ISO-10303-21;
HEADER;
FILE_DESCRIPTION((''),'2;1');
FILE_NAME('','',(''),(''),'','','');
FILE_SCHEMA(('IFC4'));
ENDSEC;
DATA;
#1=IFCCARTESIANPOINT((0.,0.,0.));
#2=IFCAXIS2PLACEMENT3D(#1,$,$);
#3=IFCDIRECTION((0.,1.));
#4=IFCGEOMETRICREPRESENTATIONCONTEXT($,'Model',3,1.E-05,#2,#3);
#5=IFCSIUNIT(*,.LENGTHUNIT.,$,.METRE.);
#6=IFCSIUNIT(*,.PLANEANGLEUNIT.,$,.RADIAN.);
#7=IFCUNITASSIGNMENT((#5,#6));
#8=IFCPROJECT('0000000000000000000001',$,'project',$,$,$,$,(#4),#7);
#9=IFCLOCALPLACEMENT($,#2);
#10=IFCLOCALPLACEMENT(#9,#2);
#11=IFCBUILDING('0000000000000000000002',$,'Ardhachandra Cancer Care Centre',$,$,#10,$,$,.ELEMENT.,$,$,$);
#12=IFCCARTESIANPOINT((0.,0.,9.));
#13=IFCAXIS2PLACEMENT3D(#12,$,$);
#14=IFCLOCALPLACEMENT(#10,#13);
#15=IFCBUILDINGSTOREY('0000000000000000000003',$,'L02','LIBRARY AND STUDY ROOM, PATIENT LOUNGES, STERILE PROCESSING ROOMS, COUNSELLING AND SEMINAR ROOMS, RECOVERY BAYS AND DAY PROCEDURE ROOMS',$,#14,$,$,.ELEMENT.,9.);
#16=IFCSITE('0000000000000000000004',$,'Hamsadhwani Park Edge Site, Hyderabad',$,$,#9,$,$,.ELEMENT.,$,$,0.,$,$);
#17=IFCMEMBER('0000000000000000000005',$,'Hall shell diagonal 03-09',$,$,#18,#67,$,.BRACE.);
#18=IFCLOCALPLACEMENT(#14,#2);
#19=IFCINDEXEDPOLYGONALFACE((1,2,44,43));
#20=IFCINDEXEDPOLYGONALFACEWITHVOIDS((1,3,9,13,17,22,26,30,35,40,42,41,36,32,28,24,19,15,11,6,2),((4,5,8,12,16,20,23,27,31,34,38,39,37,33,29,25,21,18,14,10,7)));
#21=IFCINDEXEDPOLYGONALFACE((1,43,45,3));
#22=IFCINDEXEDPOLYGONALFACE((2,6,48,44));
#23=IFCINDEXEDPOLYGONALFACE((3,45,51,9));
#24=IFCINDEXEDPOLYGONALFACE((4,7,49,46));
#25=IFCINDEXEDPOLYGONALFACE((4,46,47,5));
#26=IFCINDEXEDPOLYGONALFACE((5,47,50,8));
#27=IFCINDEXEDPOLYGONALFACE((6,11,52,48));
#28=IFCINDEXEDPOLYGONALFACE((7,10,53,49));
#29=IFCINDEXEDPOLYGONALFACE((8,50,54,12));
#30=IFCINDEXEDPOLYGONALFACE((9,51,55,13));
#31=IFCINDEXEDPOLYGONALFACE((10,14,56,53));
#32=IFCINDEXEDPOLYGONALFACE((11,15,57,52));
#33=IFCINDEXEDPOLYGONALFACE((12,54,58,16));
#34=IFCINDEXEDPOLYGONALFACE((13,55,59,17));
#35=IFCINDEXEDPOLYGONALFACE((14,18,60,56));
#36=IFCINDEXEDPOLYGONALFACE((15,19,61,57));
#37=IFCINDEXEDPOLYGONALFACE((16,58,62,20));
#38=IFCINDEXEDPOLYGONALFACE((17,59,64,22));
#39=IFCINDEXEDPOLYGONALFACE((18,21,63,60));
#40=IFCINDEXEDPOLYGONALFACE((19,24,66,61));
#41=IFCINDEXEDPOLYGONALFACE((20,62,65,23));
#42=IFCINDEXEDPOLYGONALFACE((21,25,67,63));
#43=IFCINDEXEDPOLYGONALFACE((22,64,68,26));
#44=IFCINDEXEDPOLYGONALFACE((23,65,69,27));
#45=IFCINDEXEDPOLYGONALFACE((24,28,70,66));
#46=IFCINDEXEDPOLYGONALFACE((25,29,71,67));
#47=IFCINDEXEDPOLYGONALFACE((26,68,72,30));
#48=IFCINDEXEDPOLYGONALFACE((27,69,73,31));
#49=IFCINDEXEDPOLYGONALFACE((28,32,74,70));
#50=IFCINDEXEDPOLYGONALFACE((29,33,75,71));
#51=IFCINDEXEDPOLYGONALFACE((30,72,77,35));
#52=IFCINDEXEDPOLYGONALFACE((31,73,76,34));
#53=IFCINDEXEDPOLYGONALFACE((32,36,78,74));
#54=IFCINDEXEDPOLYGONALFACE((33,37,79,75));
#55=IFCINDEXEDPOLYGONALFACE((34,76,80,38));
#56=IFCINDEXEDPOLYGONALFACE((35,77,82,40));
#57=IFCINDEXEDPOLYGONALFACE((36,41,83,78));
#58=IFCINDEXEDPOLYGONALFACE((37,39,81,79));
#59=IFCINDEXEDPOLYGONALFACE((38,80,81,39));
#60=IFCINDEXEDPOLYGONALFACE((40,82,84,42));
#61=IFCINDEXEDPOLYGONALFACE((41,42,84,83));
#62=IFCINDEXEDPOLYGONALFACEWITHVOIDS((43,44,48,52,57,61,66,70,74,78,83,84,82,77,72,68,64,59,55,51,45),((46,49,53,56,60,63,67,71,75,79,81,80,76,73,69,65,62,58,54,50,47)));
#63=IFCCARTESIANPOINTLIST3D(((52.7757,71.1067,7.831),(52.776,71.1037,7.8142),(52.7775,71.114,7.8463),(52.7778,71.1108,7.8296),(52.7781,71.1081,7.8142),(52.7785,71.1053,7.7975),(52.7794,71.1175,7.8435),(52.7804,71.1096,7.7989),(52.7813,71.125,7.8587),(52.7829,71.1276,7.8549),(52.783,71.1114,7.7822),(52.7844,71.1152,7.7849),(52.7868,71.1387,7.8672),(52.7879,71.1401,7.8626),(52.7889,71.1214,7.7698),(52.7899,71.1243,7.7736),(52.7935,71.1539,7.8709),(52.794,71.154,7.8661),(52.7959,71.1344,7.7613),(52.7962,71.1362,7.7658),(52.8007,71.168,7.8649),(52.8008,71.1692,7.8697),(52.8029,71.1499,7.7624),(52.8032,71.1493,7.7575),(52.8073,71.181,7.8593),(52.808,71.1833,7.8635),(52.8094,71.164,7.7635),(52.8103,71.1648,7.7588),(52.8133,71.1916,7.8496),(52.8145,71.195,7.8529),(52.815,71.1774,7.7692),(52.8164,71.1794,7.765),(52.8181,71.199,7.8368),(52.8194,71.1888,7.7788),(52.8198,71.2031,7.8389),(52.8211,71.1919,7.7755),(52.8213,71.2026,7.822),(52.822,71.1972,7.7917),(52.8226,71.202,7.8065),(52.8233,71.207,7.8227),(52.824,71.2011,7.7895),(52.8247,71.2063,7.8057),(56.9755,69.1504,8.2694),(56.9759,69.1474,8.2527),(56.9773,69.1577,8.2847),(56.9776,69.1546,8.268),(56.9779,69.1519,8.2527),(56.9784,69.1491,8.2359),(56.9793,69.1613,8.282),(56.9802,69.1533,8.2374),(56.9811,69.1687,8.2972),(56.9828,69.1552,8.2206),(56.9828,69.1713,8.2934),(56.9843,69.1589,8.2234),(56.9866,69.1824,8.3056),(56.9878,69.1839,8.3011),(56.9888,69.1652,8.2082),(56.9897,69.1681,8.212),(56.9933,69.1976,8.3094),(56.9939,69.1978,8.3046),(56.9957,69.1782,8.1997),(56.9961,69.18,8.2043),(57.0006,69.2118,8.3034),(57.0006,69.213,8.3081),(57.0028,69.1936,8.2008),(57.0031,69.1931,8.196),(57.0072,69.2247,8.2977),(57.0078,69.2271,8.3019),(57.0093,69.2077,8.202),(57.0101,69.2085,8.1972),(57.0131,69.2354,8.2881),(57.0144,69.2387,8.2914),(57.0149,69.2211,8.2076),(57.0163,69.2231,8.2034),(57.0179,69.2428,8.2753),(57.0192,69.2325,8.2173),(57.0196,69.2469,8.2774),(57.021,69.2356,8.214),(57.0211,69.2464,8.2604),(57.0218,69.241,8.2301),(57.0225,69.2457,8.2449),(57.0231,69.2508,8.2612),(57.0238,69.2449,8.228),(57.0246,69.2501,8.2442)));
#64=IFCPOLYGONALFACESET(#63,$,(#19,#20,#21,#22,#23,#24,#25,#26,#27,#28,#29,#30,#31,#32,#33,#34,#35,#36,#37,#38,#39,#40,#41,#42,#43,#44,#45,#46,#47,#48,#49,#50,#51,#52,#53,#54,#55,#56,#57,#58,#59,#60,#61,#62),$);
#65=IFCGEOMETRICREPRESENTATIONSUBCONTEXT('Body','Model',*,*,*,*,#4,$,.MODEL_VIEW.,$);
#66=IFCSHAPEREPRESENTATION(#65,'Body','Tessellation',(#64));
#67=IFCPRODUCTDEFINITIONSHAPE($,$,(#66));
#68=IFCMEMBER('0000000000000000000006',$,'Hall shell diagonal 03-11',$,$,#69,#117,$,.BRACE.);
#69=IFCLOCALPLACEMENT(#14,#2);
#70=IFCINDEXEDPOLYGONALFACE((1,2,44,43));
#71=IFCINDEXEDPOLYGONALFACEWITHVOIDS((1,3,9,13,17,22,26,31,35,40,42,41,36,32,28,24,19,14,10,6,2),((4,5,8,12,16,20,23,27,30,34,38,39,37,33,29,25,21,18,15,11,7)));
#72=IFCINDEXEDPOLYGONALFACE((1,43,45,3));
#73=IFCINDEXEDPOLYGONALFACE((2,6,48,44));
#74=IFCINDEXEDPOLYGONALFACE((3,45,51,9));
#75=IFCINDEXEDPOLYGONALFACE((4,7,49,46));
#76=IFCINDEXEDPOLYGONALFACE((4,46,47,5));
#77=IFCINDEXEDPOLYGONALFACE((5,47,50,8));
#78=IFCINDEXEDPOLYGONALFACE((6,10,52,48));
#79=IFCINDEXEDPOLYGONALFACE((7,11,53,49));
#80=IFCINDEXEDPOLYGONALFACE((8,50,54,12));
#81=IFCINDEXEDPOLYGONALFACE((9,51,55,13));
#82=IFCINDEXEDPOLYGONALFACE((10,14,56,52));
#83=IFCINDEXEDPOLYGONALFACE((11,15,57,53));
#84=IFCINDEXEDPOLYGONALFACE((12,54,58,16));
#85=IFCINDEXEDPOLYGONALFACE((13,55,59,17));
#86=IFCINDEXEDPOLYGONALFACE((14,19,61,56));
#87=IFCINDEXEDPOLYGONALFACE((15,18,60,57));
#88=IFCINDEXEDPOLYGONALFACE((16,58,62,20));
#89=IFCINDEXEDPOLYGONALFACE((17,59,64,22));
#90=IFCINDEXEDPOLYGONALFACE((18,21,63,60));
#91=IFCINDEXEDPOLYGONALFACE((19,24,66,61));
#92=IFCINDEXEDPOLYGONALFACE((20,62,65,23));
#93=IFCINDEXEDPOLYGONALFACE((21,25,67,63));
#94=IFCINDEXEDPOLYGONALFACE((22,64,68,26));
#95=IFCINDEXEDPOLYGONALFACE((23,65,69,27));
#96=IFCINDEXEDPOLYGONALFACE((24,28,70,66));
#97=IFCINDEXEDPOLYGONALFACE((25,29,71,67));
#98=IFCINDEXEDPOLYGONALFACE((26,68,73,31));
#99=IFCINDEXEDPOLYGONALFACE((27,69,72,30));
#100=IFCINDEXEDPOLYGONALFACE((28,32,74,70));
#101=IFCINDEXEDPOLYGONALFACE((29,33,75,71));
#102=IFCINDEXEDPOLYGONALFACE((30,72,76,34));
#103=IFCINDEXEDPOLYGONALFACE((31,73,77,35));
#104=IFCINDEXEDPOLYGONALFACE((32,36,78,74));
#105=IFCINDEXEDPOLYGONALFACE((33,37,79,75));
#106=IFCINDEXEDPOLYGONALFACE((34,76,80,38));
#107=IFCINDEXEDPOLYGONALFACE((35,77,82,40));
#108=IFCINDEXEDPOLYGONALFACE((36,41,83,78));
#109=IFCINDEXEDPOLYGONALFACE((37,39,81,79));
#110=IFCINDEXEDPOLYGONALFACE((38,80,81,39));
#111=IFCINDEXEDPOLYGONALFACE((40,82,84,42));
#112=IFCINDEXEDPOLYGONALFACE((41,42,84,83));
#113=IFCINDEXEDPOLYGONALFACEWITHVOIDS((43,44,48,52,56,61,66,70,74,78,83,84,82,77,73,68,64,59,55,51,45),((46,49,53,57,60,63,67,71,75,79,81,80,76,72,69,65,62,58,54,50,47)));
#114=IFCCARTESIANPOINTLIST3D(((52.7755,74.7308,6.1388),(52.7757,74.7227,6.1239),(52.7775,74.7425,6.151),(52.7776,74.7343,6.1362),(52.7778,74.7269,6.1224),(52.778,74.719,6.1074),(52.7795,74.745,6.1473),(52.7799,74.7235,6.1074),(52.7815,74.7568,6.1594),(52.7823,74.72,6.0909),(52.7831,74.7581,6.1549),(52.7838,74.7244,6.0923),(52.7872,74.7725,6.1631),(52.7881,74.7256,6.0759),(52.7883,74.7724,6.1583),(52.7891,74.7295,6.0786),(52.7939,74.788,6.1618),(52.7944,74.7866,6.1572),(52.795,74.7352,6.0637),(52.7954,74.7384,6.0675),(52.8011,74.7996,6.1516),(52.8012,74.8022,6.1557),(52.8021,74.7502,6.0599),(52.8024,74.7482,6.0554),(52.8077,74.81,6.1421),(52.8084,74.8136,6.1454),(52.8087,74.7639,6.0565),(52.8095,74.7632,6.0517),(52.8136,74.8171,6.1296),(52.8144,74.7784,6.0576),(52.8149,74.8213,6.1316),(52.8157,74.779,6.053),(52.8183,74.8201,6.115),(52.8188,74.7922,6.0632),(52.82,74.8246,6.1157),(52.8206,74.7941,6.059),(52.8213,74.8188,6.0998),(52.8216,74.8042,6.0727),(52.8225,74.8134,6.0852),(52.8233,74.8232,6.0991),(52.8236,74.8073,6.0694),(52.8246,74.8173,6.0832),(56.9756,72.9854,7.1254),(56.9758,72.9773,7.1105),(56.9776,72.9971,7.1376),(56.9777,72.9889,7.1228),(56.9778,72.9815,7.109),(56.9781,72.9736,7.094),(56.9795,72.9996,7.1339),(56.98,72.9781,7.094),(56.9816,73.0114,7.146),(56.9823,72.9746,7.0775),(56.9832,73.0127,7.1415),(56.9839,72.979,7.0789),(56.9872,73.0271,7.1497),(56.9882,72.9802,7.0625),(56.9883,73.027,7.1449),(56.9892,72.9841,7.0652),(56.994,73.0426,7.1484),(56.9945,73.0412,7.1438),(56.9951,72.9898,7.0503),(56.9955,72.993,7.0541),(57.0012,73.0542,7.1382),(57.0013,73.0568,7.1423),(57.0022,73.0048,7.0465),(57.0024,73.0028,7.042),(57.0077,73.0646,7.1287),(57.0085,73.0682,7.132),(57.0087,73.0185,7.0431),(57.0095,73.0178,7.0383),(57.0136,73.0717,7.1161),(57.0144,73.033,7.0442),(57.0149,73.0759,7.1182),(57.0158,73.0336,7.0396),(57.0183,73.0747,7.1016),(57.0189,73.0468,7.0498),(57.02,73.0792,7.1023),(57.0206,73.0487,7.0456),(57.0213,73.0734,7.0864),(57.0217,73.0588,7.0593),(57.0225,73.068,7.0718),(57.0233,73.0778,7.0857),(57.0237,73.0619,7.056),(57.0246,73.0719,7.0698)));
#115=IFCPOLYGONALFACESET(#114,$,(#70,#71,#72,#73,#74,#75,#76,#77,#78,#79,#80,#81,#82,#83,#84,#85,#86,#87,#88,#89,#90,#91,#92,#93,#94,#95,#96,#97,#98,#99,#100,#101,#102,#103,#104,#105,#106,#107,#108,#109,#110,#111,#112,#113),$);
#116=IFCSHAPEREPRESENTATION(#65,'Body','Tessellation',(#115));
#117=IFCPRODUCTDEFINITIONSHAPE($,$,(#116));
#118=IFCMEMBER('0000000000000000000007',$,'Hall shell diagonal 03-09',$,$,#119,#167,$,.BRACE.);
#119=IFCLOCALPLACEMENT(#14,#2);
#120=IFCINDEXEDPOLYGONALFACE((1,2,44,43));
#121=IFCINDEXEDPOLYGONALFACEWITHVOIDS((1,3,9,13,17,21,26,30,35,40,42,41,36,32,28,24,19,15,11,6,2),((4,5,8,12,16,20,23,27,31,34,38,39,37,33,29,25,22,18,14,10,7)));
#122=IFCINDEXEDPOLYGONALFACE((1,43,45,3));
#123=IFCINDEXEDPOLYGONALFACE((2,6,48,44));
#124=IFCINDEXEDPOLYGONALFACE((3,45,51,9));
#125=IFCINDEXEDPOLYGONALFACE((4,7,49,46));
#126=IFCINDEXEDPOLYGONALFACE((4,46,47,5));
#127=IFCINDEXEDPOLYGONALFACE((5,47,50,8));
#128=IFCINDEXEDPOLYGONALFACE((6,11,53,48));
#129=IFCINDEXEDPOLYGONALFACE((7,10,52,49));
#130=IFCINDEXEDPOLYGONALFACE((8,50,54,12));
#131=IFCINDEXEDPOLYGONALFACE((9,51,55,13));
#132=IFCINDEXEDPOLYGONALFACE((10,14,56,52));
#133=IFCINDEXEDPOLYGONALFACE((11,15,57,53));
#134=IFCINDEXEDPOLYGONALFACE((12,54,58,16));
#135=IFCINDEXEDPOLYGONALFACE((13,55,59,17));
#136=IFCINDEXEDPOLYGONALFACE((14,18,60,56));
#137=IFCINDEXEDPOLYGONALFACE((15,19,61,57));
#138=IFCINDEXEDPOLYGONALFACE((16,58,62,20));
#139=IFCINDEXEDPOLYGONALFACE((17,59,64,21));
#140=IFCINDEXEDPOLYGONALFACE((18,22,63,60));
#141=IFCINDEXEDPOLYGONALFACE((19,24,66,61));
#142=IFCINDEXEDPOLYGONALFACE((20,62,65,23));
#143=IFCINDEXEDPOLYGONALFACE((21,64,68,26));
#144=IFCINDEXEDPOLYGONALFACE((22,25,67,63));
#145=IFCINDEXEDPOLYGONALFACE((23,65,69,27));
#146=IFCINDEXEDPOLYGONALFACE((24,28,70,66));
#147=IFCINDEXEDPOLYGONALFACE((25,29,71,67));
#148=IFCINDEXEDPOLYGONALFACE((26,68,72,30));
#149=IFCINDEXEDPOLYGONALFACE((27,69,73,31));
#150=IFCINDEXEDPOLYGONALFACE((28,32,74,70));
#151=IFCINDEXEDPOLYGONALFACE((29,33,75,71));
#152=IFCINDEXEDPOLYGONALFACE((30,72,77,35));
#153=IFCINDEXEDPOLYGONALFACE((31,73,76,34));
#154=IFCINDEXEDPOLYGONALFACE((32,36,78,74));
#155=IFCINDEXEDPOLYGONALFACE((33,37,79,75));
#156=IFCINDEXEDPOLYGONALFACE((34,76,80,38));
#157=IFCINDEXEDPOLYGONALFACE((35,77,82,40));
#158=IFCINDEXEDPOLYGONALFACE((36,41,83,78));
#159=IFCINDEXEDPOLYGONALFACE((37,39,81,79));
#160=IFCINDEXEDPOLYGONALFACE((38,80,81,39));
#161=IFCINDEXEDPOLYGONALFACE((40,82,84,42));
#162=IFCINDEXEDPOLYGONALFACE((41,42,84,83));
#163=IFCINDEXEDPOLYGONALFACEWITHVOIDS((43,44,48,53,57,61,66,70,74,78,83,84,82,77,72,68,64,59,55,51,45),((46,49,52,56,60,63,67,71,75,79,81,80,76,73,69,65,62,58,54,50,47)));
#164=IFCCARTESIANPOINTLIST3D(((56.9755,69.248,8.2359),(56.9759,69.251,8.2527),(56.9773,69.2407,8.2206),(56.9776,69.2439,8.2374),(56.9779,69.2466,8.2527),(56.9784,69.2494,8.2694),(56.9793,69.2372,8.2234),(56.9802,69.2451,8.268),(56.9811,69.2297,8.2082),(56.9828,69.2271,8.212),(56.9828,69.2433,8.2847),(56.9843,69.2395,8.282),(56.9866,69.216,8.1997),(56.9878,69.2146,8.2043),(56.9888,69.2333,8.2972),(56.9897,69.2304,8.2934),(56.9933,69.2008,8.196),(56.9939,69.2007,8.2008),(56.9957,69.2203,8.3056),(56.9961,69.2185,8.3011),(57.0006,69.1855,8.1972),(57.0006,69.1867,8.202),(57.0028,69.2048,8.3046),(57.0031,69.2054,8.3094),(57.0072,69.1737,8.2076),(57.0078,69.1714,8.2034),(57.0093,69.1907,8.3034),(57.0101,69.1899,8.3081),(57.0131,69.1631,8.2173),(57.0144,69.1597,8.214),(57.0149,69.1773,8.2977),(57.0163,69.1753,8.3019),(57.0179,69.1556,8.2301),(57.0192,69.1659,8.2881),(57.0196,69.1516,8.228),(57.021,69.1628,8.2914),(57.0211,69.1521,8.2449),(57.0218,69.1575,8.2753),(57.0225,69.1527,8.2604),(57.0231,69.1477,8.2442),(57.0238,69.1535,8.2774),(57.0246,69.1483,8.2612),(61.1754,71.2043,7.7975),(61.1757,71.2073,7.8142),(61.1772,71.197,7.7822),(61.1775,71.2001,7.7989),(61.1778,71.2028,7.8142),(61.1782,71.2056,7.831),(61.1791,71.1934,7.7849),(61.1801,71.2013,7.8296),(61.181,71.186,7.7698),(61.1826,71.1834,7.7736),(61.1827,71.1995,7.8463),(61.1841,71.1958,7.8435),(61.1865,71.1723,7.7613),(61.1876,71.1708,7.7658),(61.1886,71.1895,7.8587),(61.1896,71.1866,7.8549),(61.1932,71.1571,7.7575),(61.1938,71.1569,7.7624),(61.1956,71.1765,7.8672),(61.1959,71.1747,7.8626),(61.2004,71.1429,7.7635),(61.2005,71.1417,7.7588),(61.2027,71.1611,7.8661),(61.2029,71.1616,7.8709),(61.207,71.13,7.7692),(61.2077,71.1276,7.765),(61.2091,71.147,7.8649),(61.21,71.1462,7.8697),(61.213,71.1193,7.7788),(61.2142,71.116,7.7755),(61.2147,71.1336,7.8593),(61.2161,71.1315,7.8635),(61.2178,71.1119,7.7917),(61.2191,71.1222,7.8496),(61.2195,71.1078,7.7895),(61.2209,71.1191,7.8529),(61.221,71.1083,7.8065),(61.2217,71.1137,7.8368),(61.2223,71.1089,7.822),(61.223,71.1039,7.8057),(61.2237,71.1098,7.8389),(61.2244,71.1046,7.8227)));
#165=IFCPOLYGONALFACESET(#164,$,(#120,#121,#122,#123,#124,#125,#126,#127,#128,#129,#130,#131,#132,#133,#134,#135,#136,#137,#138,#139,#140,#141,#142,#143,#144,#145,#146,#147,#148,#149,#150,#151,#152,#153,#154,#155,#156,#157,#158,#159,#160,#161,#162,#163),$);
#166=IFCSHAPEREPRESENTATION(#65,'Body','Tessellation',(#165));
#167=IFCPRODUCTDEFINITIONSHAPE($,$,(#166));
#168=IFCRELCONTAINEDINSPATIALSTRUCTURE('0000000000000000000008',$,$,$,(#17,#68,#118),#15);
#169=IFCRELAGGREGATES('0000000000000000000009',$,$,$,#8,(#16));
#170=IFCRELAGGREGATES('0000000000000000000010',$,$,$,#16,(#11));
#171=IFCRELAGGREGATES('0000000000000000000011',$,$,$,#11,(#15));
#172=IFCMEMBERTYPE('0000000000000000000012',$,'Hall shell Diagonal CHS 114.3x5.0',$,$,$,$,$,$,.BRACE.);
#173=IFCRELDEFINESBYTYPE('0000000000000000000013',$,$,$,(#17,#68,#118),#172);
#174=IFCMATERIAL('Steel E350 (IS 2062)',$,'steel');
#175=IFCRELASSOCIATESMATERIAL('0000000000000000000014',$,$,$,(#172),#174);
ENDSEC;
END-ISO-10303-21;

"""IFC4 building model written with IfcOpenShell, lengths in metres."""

from ifc_helpers import new_model, si_unit, direction, frame, origin, origin_2d, place, context, subcontext, project, spatial, hollow_circle, extrude, material, material_profile, profile_set, type_object, element, save


model = new_model("IFC4")

# Units and contexts
model_context = context("Model", 3, precision=1e-05, world=origin(), true_north=direction((0.0, 1.0)))
body_context = subcontext(model_context, "Body", "Model", "MODEL_VIEW")
ifc_project = project(units=[si_unit("LENGTHUNIT", "METRE"), si_unit("PLANEANGLEUNIT", "RADIAN")], contexts=[model_context])

# Site, building, storey
site_placement = place(None, origin())
site = spatial("IfcSite", under=ifc_project, at=site_placement, Name="Hamsadhwani Park Edge Site, Hyderabad", CompositionType="ELEMENT", RefElevation=0.0)
building_placement = place(site_placement, origin())
building = spatial("IfcBuilding", under=site, at=building_placement, Name="Ardhachandra Cancer Care Centre", CompositionType="ELEMENT")
storey_placement = place(building_placement, frame((0.0, 0.0, 9.0)))
storey = spatial("IfcBuildingStorey", under=building, at=storey_placement, Name="L02", Description="LIBRARY AND STUDY ROOM, PATIENT LOUNGES, STERILE PROCESSING ROOMS, COUNSELLING AND SEMINAR ROOMS, RECOVERY BAYS AND DAY PROCEDURE ROOMS", CompositionType="ELEMENT", Elevation=9.0)

# Members
ifc_material_1 = material(Name="Steel E350 (IS 2062)", Category="steel")
ifc_material_profile_1 = material_profile(ifc_material_1, hollow_circle(Radius=0.0571, WallThickness=0.0049, at=origin_2d()), Name="CHS 114.3x5.0")
ifc_profile_set_1 = profile_set([ifc_material_profile_1], Name="Steel E350 (IS 2062)")
member_type_1 = type_object("IfcMemberType", Name="Hall shell Diagonal CHS 114.3x5.0", PredefinedType="BRACE", material=ifc_profile_set_1)
member_1_placement = place(storey_placement, frame((57.0, 69.1992, 8.2527), z_axis=(-0.902455, 0.420355, -0.094217), x_axis=(-0.422233, -0.906487, 0.0)))
element("IfcMember", 1, at=member_1_placement, inside=storey, type_object=member_type_1, Name="Hall shell diagonal 03-09", PredefinedType="BRACE", context=body_context, shape_type="SweptSolid", body=[
    extrude(hollow_circle(Radius=0.0571, WallThickness=0.0049, at=origin_2d()), origin(), (0.0, 0.0, 1.0), 4.6538),
])
member_2_placement = place(storey_placement, frame((57.0, 73.0264, 7.094), z_axis=(-0.90245, 0.375028, -0.211986), x_axis=(-0.38375, -0.923437, 0.0)))
element("IfcMember", 2, at=member_2_placement, inside=storey, type_object=member_type_1, Name="Hall shell diagonal 03-11", PredefinedType="BRACE", context=body_context, shape_type="SweptSolid", body=[
    extrude(hollow_circle(Radius=0.0571, WallThickness=0.0049, at=origin_2d()), origin(), (0.0, 0.0, 1.0), 4.6541),
])
for number, where, z_axis, x_axis, name in (
    (3, (57.0, 69.1992, 8.2527), (0.902455, 0.420355, -0.094217), (-0.422233, 0.906487, 0.0), "Hall shell diagonal 03-09"),
):
    element("IfcMember", number, at=place(storey_placement, frame(where, z_axis=z_axis, x_axis=x_axis)), inside=storey, type_object=member_type_1, Name=name, PredefinedType="BRACE", context=body_context, shape_type="SweptSolid", body=[
        extrude(hollow_circle(Radius=0.0571, WallThickness=0.0049, at=origin_2d()), origin(), (0.0, 0.0, 1.0), 4.6538),
    ])

save(model, "model.ifc")
